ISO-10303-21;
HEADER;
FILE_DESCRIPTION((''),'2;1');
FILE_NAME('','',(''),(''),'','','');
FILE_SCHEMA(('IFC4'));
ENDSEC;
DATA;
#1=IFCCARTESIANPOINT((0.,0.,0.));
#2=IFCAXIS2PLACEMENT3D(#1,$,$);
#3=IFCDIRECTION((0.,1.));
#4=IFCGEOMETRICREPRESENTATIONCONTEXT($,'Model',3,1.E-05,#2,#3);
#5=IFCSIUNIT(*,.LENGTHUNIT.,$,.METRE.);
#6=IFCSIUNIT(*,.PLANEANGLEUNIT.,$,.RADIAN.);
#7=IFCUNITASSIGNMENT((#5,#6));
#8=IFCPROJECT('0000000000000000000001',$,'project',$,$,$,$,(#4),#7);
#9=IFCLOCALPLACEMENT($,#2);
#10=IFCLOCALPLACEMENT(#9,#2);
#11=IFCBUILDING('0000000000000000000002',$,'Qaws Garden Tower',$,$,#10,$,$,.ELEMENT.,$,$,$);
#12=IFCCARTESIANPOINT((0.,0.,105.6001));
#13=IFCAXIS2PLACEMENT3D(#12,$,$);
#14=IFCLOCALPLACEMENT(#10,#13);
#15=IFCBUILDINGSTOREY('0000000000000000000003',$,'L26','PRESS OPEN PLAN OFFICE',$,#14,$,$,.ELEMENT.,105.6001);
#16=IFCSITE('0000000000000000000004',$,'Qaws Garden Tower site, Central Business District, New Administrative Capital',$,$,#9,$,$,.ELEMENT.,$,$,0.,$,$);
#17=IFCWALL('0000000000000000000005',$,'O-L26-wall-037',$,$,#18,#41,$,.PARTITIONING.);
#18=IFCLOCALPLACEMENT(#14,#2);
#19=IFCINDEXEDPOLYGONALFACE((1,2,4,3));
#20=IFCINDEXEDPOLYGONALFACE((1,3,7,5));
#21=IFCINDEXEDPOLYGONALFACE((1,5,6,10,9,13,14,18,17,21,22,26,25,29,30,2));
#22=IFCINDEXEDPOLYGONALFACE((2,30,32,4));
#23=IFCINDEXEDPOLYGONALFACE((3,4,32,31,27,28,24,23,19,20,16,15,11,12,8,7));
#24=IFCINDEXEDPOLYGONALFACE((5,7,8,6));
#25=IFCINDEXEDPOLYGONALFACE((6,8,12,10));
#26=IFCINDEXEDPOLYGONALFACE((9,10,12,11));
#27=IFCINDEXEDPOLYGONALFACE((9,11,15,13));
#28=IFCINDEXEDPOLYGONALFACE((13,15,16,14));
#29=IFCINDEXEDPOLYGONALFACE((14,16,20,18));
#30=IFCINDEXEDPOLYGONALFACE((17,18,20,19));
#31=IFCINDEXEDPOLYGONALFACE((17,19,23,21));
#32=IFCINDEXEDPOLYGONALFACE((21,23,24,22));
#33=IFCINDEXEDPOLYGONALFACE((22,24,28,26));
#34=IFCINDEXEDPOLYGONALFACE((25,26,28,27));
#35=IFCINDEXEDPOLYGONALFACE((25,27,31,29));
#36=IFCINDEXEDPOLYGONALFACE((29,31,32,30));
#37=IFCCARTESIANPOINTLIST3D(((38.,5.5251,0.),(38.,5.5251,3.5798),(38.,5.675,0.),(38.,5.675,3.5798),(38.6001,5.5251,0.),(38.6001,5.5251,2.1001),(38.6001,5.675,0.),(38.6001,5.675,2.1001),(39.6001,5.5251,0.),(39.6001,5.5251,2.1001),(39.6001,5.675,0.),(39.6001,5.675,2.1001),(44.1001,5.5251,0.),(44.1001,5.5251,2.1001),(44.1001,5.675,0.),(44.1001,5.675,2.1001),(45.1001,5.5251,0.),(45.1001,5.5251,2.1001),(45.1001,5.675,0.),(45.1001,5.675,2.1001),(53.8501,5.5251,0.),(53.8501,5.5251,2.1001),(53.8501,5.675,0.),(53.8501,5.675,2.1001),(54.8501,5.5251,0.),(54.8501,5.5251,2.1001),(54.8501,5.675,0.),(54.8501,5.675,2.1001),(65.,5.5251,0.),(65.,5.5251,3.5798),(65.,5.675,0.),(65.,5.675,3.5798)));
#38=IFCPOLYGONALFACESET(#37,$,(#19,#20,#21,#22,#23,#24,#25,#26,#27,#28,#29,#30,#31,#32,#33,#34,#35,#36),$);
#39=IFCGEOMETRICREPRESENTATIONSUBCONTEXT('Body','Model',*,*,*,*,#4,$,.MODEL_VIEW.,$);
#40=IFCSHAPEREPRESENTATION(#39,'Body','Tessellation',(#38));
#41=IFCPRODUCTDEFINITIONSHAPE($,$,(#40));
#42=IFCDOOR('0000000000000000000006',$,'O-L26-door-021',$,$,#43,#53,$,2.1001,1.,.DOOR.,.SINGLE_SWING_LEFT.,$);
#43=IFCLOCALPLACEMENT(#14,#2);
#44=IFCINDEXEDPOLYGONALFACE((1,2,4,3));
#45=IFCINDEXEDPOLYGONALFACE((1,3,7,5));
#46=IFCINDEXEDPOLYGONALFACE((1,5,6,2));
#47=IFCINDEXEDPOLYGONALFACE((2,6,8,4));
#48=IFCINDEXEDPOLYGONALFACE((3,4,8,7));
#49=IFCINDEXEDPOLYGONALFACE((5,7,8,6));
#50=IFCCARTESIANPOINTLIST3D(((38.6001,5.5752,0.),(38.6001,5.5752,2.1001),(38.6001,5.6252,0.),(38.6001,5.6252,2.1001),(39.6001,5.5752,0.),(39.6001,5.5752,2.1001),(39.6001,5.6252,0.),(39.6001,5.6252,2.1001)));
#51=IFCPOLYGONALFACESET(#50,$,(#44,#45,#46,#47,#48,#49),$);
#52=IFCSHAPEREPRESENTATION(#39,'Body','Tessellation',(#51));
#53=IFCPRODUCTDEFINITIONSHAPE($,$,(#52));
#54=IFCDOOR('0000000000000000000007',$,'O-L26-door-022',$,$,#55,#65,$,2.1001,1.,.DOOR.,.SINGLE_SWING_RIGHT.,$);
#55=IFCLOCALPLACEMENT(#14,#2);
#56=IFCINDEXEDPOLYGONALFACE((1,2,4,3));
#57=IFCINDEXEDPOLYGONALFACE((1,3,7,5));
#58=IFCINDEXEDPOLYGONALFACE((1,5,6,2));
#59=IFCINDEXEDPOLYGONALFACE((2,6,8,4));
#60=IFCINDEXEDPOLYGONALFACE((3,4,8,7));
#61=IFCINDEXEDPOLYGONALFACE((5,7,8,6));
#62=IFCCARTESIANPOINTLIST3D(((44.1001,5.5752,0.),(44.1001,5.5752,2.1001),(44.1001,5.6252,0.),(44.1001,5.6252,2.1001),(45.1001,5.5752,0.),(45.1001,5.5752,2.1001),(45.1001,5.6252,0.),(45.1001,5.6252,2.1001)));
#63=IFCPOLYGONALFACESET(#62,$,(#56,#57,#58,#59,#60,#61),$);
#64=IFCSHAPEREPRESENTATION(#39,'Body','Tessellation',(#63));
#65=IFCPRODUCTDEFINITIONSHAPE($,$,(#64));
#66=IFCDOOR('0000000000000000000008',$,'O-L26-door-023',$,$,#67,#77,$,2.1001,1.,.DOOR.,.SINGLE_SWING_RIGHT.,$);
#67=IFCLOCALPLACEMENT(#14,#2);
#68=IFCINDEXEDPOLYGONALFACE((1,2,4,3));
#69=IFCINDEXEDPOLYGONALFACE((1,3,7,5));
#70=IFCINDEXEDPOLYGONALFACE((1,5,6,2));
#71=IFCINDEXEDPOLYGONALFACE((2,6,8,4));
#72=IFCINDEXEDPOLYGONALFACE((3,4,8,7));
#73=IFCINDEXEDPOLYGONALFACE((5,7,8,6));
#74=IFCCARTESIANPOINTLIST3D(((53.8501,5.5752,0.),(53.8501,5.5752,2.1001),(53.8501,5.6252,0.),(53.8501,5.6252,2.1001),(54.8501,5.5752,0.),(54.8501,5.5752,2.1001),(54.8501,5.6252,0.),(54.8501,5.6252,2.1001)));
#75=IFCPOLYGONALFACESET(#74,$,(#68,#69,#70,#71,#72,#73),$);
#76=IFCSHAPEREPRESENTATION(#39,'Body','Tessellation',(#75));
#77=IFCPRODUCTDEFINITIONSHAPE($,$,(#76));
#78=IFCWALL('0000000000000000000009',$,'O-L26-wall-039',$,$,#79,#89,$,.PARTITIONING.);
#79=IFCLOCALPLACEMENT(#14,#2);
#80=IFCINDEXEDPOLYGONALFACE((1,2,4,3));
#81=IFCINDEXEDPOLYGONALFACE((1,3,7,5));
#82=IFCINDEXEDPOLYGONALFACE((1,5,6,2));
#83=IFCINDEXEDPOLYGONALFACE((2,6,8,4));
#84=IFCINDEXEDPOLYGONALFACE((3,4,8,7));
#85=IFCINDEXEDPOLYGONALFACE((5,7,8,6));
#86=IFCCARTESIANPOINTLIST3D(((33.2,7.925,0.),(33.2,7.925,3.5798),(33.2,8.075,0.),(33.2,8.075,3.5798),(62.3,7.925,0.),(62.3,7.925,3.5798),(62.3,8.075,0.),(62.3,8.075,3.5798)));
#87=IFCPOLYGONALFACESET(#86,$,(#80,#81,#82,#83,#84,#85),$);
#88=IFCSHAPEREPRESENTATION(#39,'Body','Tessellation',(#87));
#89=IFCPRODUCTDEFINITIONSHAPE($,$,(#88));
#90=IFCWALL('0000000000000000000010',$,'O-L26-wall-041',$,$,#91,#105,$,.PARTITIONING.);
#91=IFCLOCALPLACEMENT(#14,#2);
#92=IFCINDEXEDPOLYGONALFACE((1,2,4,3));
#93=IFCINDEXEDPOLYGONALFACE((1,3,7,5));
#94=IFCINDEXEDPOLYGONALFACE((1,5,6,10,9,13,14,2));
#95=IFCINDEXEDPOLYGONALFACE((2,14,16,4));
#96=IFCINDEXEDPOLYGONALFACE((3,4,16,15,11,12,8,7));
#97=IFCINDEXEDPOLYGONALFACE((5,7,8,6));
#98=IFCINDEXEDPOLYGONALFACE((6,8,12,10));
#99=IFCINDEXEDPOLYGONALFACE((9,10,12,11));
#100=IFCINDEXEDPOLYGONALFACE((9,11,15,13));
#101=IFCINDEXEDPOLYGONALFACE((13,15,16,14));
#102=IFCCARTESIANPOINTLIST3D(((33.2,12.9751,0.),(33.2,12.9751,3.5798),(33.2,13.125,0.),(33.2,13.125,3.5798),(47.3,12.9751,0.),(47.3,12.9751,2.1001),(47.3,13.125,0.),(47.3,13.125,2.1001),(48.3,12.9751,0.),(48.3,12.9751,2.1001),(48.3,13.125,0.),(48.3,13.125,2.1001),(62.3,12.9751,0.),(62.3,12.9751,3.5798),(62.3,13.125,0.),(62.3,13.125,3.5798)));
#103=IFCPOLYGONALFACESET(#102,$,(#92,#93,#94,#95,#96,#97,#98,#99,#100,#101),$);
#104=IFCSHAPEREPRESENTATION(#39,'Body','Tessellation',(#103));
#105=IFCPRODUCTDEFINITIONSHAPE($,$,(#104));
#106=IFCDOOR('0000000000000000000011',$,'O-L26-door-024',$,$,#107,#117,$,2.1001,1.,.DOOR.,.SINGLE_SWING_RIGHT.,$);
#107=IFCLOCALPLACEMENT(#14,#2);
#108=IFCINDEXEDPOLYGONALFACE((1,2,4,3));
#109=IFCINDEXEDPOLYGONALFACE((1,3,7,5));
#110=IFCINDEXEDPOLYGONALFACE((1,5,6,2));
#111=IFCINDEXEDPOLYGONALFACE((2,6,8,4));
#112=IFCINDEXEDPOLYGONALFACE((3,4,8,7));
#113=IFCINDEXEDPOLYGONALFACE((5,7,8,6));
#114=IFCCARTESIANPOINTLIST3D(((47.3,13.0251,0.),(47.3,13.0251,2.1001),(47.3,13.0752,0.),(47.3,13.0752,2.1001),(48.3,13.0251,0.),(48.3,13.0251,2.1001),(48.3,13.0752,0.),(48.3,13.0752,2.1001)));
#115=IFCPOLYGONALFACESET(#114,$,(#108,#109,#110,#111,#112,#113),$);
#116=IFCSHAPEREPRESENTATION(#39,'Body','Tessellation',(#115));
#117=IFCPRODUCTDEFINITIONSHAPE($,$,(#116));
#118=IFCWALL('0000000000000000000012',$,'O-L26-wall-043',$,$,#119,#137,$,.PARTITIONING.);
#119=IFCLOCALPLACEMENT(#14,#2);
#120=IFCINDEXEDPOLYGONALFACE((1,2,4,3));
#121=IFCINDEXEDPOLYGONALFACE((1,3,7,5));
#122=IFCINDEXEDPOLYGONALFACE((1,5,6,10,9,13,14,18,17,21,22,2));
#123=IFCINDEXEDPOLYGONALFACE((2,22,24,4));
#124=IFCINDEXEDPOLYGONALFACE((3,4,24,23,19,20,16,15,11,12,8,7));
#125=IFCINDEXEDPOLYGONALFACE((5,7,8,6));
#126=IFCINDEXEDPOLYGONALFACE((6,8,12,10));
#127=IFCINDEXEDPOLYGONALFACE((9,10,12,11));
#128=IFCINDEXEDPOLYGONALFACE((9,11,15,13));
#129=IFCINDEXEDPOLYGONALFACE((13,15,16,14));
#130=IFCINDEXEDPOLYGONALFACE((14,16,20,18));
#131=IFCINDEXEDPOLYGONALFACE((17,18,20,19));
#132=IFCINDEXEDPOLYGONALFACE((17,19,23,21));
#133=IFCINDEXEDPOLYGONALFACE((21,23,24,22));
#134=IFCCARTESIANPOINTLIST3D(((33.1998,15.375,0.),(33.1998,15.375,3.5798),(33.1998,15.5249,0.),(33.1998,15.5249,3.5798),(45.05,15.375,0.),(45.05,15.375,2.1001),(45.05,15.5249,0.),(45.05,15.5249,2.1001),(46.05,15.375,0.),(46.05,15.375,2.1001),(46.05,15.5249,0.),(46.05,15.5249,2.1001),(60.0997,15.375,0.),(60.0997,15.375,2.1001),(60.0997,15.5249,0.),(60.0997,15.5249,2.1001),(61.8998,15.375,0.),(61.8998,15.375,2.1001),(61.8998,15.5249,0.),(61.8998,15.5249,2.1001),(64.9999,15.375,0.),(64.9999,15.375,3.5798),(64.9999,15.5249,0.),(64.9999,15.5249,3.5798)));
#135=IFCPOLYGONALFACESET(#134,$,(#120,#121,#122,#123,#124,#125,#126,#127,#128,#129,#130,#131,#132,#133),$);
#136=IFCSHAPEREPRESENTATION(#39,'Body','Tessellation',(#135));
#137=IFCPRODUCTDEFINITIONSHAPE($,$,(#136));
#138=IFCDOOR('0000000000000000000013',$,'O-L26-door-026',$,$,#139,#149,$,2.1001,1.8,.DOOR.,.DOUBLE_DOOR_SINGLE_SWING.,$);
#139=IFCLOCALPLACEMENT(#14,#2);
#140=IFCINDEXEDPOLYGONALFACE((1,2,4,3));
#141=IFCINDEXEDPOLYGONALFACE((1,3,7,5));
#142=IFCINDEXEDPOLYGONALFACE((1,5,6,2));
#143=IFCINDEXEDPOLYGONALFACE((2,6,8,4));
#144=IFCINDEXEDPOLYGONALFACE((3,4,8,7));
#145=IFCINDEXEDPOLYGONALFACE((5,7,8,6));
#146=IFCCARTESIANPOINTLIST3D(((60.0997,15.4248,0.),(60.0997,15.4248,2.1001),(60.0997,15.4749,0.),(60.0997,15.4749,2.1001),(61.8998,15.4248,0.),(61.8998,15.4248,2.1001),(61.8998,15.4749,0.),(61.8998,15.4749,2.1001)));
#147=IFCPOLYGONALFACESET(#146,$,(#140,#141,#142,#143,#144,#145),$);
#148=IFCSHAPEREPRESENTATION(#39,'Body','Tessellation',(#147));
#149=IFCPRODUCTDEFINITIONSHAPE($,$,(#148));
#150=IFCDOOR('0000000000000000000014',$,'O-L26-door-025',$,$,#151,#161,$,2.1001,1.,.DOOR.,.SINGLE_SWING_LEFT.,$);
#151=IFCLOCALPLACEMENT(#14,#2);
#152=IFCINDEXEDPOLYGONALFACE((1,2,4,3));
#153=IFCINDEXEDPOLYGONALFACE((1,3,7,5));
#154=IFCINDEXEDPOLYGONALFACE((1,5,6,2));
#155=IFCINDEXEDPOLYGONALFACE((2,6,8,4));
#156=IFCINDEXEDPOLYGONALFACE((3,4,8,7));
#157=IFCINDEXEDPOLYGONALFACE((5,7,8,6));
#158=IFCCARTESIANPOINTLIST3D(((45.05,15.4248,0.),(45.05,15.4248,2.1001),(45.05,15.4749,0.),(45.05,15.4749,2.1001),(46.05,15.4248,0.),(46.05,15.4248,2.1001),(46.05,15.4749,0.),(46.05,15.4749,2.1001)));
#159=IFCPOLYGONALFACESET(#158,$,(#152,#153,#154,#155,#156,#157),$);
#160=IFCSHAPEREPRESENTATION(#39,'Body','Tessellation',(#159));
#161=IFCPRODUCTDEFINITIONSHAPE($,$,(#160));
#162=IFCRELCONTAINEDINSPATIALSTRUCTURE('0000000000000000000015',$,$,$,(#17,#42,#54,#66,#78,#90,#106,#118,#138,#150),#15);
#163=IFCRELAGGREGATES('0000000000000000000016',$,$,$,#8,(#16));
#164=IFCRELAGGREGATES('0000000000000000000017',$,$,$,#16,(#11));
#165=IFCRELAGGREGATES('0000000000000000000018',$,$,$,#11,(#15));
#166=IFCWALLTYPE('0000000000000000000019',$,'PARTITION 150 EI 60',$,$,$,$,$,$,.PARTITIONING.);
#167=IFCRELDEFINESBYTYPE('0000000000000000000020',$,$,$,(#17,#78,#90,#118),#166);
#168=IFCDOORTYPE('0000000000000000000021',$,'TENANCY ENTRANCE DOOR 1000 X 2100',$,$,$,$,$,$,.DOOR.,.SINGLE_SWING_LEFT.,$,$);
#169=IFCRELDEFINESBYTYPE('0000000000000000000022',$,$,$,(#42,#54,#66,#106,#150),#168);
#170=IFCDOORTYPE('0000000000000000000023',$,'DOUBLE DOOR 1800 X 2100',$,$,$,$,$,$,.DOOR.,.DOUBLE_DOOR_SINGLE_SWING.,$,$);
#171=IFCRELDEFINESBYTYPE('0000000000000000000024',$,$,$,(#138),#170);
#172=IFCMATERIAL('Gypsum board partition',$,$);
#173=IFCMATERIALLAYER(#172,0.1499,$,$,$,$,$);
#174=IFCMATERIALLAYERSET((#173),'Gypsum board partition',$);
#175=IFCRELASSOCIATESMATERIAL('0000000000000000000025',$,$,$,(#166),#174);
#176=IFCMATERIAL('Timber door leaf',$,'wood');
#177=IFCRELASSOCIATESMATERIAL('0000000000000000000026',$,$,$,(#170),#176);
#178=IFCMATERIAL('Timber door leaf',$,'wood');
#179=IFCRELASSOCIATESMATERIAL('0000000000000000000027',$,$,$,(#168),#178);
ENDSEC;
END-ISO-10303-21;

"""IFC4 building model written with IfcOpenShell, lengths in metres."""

from ifc_helpers import new_model, si_unit, direction, frame, frame_2d, origin, place, context, subcontext, project, spatial, rectangle, extrude, material, layer, layer_set, type_object, element, fill, save


model = new_model("IFC4")

# Units and contexts
model_context = context("Model", 3, precision=1e-05, world=origin(), true_north=direction((0.0, 1.0)))
body_context = subcontext(model_context, "Body", "Model", "MODEL_VIEW")
ifc_project = project(units=[si_unit("LENGTHUNIT", "METRE"), si_unit("PLANEANGLEUNIT", "RADIAN")], contexts=[model_context])

# Site, building, storey
site_placement = place(None, origin())
site = spatial("IfcSite", under=ifc_project, at=site_placement, Name="Qaws Garden Tower site, Central Business District, New Administrative Capital", CompositionType="ELEMENT", RefElevation=0.0)
building_placement = place(site_placement, origin())
building = spatial("IfcBuilding", under=site, at=building_placement, Name="Qaws Garden Tower", CompositionType="ELEMENT")
storey_placement = place(building_placement, frame((0.0, 0.0, 105.6001)))
storey = spatial("IfcBuildingStorey", under=building, at=storey_placement, Name="L26", Description="PRESS OPEN PLAN OFFICE", CompositionType="ELEMENT", Elevation=105.6001)

# Shared definitions
ifc_material_1 = material(Name="Gypsum board partition")
ifc_layer_1 = layer(ifc_material_1, 0.1499)
ifc_layer_set_1 = layer_set([ifc_layer_1], Name="Gypsum board partition")
wall_type_1 = type_object("IfcWallType", Name="PARTITION 150 EI 60", PredefinedType="PARTITIONING", material=ifc_layer_set_1)

# Shared definitions
ifc_material_2 = material(Name="Timber door leaf", Category="wood")
door_type_1 = type_object("IfcDoorType", Name="DOUBLE DOOR 1800 X 2100", OperationType="DOUBLE_DOOR_SINGLE_SWING", PredefinedType="DOOR", material=ifc_material_2)

# Wall, openings, doors
wall_1_placement = place(storey_placement, frame((38.0, 5.6001, 0.0), z_axis=(0.0, 0.0, 1.0), x_axis=(1.0, 0.0, 0.0)))
wall_1 = element("IfcWall", 1, at=wall_1_placement, inside=storey, type_object=wall_type_1, Name="O-L26-wall-037", PredefinedType="PARTITIONING", context=body_context, shape_type="SweptSolid", body=[
    extrude(rectangle(XDim=27.0, YDim=0.1499, at=frame_2d((13.5, 0.0))), origin(), (0.0, 0.0, 1.0), 3.5798),
])
opening_1_placement = place(wall_1_placement, frame((0.6001, 0.0, 0.0)))
opening_1 = element("IfcOpeningElement", 2, at=opening_1_placement, cuts=wall_1, PredefinedType="OPENING", context=body_context, shape_type="SweptSolid", body=[
    extrude(rectangle(XDim=1.0, YDim=2.1001, at=frame_2d((0.5, 1.05))), frame((0.0, 0.085, 0.0), z_axis=(0.0, -1.0, 0.0), x_axis=(1.0, 0.0, 0.0)), (0.0, 0.0, 1.0), 0.1699),
])
opening_2_placement = place(wall_1_placement, frame((6.1001, 0.0, 0.0)))
opening_2 = element("IfcOpeningElement", 3, at=opening_2_placement, cuts=wall_1, PredefinedType="OPENING", context=body_context, shape_type="SweptSolid", body=[
    extrude(rectangle(XDim=1.0, YDim=2.1001, at=frame_2d((0.5, 1.05))), frame((0.0, 0.085, 0.0), z_axis=(0.0, -1.0, 0.0), x_axis=(1.0, 0.0, 0.0)), (0.0, 0.0, 1.0), 0.1699),
])
opening_3_placement = place(wall_1_placement, frame((15.8501, 0.0, 0.0)))
opening_3 = element("IfcOpeningElement", 4, at=opening_3_placement, cuts=wall_1, PredefinedType="OPENING", context=body_context, shape_type="SweptSolid", body=[
    extrude(rectangle(XDim=1.0, YDim=2.1001, at=frame_2d((0.5, 1.05))), frame((0.0, 0.085, 0.0), z_axis=(0.0, -1.0, 0.0), x_axis=(1.0, 0.0, 0.0)), (0.0, 0.0, 1.0), 0.1699),
])
ifc_material_3 = material(Name="Timber door leaf", Category="wood")
door_type_2 = type_object("IfcDoorType", Name="TENANCY ENTRANCE DOOR 1000 X 2100", OperationType="SINGLE_SWING_LEFT", PredefinedType="DOOR", material=ifc_material_3)
door_1_placement = place(opening_1_placement, frame((1.0, 0.0, 0.0), z_axis=(0.0, 0.0, 1.0), x_axis=(-1.0, 0.0, 0.0)))
door_1 = element("IfcDoor", 5, at=door_1_placement, inside=storey, type_object=door_type_2, Name="O-L26-door-021", OperationType="SINGLE_SWING_LEFT", OverallHeight=2.1001, OverallWidth=1.0, PredefinedType="DOOR", context=body_context, shape_type="SweptSolid", body=[
    extrude(rectangle(XDim=1.0, YDim=2.1001, at=frame_2d((0.5, 1.05))), frame((0.0, 0.0249, 0.0), z_axis=(0.0, -1.0, 0.0), x_axis=(1.0, 0.0, 0.0)), (0.0, 0.0, 1.0), 0.05),
])
fill(opening_1, door_1)
door_2_placement = place(opening_2_placement, frame((1.0, 0.0, 0.0), z_axis=(0.0, 0.0, 1.0), x_axis=(-1.0, 0.0, 0.0)))
door_2 = element("IfcDoor", 6, at=door_2_placement, inside=storey, type_object=door_type_2, Name="O-L26-door-022", OperationType="SINGLE_SWING_RIGHT", OverallHeight=2.1001, OverallWidth=1.0, PredefinedType="DOOR", context=body_context, shape_type="SweptSolid", body=[
    extrude(rectangle(XDim=1.0, YDim=2.1001, at=frame_2d((0.5, 1.05))), frame((0.0, 0.0249, 0.0), z_axis=(0.0, -1.0, 0.0), x_axis=(1.0, 0.0, 0.0)), (0.0, 0.0, 1.0), 0.05),
])
fill(opening_2, door_2)
door_3_placement = place(opening_3_placement, frame((1.0, 0.0, 0.0), z_axis=(0.0, 0.0, 1.0), x_axis=(-1.0, 0.0, 0.0)))
door_3 = element("IfcDoor", 7, at=door_3_placement, inside=storey, type_object=door_type_2, Name="O-L26-door-023", OperationType="SINGLE_SWING_RIGHT", OverallHeight=2.1001, OverallWidth=1.0, PredefinedType="DOOR", context=body_context, shape_type="SweptSolid", body=[
    extrude(rectangle(XDim=1.0, YDim=2.1001, at=frame_2d((0.5, 1.05))), frame((0.0, 0.0249, 0.0), z_axis=(0.0, -1.0, 0.0), x_axis=(1.0, 0.0, 0.0)), (0.0, 0.0, 1.0), 0.05),
])
fill(opening_3, door_3)

# Wall
wall_2_placement = place(storey_placement, frame((33.2, 8.0, 0.0), z_axis=(0.0, 0.0, 1.0), x_axis=(1.0, 0.0, 0.0)))
element("IfcWall", 8, at=wall_2_placement, inside=storey, type_object=wall_type_1, Name="O-L26-wall-039", PredefinedType="PARTITIONING", context=body_context, shape_type="SweptSolid", body=[
    extrude(rectangle(XDim=29.1001, YDim=0.1499, at=frame_2d((14.55, 0.0))), origin(), (0.0, 0.0, 1.0), 3.5798),
])

# Wall, opening, door
wall_3_placement = place(storey_placement, frame((33.2, 13.05, 0.0), z_axis=(0.0, 0.0, 1.0), x_axis=(1.0, 0.0, 0.0)))
wall_3 = element("IfcWall", 9, at=wall_3_placement, inside=storey, type_object=wall_type_1, Name="O-L26-wall-041", PredefinedType="PARTITIONING", context=body_context, shape_type="SweptSolid", body=[
    extrude(rectangle(XDim=29.1001, YDim=0.1499, at=frame_2d((14.55, 0.0))), origin(), (0.0, 0.0, 1.0), 3.5798),
])
opening_4_placement = place(wall_3_placement, frame((14.1001, 0.0, 0.0)))
opening_4 = element("IfcOpeningElement", 10, at=opening_4_placement, cuts=wall_3, PredefinedType="OPENING", context=body_context, shape_type="SweptSolid", body=[
    extrude(rectangle(XDim=1.0, YDim=2.1001, at=frame_2d((0.5, 1.05))), frame((0.0, 0.085, 0.0), z_axis=(0.0, -1.0, 0.0), x_axis=(1.0, 0.0, 0.0)), (0.0, 0.0, 1.0), 0.1699),
])
door_4_placement = place(opening_4_placement, frame((1.0, 0.0, 0.0), z_axis=(0.0, 0.0, 1.0), x_axis=(-1.0, 0.0, 0.0)))
door_4 = element("IfcDoor", 11, at=door_4_placement, inside=storey, type_object=door_type_2, Name="O-L26-door-024", OperationType="SINGLE_SWING_RIGHT", OverallHeight=2.1001, OverallWidth=1.0, PredefinedType="DOOR", context=body_context, shape_type="SweptSolid", body=[
    extrude(rectangle(XDim=1.0, YDim=2.1001, at=frame_2d((0.5, 1.05))), frame((0.0, 0.0249, 0.0), z_axis=(0.0, -1.0, 0.0), x_axis=(1.0, 0.0, 0.0)), (0.0, 0.0, 1.0), 0.05),
])
fill(opening_4, door_4)

# Wall, openings, doors
wall_4_placement = place(storey_placement, frame((33.2, 15.45, 0.0), z_axis=(0.0, 0.0, 1.0), x_axis=(1.0, 0.0, 0.0)))
wall_4 = element("IfcWall", 12, at=wall_4_placement, inside=storey, type_object=wall_type_1, Name="O-L26-wall-043", PredefinedType="PARTITIONING", context=body_context, shape_type="SweptSolid", body=[
    extrude(rectangle(XDim=31.8, YDim=0.1499, at=frame_2d((15.8999, 0.0))), origin(), (0.0, 0.0, 1.0), 3.5798),
])
opening_5_placement = place(wall_4_placement, frame((11.8501, 0.0, 0.0)))
opening_5 = element("IfcOpeningElement", 13, at=opening_5_placement, cuts=wall_4, PredefinedType="OPENING", context=body_context, shape_type="SweptSolid", body=[
    extrude(rectangle(XDim=1.0, YDim=2.1001, at=frame_2d((0.5, 1.05))), frame((0.0, 0.085, 0.0), z_axis=(0.0, -1.0, 0.0), x_axis=(1.0, 0.0, 0.0)), (0.0, 0.0, 1.0), 0.1699),
])
opening_6_placement = place(wall_4_placement, frame((26.8999, 0.0, 0.0)))
opening_6 = element("IfcOpeningElement", 14, at=opening_6_placement, cuts=wall_4, PredefinedType="OPENING", context=body_context, shape_type="SweptSolid", body=[
    extrude(rectangle(XDim=1.8, YDim=2.1001, at=frame_2d((0.8999, 1.05))), frame((0.0, 0.085, 0.0), z_axis=(0.0, -1.0, 0.0), x_axis=(1.0, 0.0, 0.0)), (0.0, 0.0, 1.0), 0.1699),
])
door_5_placement = place(opening_6_placement, origin())
door_5 = element("IfcDoor", 15, at=door_5_placement, inside=storey, type_object=door_type_1, Name="O-L26-door-026", OperationType="DOUBLE_DOOR_SINGLE_SWING", OverallHeight=2.1001, OverallWidth=1.8, PredefinedType="DOOR", context=body_context, shape_type="SweptSolid", body=[
    extrude(rectangle(XDim=1.8, YDim=2.1001, at=frame_2d((0.8999, 1.05))), frame((0.0, 0.0249, 0.0), z_axis=(0.0, -1.0, 0.0), x_axis=(1.0, 0.0, 0.0)), (0.0, 0.0, 1.0), 0.05),
])
fill(opening_6, door_5)
door_6_placement = place(opening_5_placement, origin())
door_6 = element("IfcDoor", 16, at=door_6_placement, inside=storey, type_object=door_type_2, Name="O-L26-door-025", OperationType="SINGLE_SWING_LEFT", OverallHeight=2.1001, OverallWidth=1.0, PredefinedType="DOOR", context=body_context, shape_type="SweptSolid", body=[
    extrude(rectangle(XDim=1.0, YDim=2.1001, at=frame_2d((0.5, 1.05))), frame((0.0, 0.0249, 0.0), z_axis=(0.0, -1.0, 0.0), x_axis=(1.0, 0.0, 0.0)), (0.0, 0.0, 1.0), 0.05),
])
fill(opening_5, door_6)

save(model, "model.ifc")
